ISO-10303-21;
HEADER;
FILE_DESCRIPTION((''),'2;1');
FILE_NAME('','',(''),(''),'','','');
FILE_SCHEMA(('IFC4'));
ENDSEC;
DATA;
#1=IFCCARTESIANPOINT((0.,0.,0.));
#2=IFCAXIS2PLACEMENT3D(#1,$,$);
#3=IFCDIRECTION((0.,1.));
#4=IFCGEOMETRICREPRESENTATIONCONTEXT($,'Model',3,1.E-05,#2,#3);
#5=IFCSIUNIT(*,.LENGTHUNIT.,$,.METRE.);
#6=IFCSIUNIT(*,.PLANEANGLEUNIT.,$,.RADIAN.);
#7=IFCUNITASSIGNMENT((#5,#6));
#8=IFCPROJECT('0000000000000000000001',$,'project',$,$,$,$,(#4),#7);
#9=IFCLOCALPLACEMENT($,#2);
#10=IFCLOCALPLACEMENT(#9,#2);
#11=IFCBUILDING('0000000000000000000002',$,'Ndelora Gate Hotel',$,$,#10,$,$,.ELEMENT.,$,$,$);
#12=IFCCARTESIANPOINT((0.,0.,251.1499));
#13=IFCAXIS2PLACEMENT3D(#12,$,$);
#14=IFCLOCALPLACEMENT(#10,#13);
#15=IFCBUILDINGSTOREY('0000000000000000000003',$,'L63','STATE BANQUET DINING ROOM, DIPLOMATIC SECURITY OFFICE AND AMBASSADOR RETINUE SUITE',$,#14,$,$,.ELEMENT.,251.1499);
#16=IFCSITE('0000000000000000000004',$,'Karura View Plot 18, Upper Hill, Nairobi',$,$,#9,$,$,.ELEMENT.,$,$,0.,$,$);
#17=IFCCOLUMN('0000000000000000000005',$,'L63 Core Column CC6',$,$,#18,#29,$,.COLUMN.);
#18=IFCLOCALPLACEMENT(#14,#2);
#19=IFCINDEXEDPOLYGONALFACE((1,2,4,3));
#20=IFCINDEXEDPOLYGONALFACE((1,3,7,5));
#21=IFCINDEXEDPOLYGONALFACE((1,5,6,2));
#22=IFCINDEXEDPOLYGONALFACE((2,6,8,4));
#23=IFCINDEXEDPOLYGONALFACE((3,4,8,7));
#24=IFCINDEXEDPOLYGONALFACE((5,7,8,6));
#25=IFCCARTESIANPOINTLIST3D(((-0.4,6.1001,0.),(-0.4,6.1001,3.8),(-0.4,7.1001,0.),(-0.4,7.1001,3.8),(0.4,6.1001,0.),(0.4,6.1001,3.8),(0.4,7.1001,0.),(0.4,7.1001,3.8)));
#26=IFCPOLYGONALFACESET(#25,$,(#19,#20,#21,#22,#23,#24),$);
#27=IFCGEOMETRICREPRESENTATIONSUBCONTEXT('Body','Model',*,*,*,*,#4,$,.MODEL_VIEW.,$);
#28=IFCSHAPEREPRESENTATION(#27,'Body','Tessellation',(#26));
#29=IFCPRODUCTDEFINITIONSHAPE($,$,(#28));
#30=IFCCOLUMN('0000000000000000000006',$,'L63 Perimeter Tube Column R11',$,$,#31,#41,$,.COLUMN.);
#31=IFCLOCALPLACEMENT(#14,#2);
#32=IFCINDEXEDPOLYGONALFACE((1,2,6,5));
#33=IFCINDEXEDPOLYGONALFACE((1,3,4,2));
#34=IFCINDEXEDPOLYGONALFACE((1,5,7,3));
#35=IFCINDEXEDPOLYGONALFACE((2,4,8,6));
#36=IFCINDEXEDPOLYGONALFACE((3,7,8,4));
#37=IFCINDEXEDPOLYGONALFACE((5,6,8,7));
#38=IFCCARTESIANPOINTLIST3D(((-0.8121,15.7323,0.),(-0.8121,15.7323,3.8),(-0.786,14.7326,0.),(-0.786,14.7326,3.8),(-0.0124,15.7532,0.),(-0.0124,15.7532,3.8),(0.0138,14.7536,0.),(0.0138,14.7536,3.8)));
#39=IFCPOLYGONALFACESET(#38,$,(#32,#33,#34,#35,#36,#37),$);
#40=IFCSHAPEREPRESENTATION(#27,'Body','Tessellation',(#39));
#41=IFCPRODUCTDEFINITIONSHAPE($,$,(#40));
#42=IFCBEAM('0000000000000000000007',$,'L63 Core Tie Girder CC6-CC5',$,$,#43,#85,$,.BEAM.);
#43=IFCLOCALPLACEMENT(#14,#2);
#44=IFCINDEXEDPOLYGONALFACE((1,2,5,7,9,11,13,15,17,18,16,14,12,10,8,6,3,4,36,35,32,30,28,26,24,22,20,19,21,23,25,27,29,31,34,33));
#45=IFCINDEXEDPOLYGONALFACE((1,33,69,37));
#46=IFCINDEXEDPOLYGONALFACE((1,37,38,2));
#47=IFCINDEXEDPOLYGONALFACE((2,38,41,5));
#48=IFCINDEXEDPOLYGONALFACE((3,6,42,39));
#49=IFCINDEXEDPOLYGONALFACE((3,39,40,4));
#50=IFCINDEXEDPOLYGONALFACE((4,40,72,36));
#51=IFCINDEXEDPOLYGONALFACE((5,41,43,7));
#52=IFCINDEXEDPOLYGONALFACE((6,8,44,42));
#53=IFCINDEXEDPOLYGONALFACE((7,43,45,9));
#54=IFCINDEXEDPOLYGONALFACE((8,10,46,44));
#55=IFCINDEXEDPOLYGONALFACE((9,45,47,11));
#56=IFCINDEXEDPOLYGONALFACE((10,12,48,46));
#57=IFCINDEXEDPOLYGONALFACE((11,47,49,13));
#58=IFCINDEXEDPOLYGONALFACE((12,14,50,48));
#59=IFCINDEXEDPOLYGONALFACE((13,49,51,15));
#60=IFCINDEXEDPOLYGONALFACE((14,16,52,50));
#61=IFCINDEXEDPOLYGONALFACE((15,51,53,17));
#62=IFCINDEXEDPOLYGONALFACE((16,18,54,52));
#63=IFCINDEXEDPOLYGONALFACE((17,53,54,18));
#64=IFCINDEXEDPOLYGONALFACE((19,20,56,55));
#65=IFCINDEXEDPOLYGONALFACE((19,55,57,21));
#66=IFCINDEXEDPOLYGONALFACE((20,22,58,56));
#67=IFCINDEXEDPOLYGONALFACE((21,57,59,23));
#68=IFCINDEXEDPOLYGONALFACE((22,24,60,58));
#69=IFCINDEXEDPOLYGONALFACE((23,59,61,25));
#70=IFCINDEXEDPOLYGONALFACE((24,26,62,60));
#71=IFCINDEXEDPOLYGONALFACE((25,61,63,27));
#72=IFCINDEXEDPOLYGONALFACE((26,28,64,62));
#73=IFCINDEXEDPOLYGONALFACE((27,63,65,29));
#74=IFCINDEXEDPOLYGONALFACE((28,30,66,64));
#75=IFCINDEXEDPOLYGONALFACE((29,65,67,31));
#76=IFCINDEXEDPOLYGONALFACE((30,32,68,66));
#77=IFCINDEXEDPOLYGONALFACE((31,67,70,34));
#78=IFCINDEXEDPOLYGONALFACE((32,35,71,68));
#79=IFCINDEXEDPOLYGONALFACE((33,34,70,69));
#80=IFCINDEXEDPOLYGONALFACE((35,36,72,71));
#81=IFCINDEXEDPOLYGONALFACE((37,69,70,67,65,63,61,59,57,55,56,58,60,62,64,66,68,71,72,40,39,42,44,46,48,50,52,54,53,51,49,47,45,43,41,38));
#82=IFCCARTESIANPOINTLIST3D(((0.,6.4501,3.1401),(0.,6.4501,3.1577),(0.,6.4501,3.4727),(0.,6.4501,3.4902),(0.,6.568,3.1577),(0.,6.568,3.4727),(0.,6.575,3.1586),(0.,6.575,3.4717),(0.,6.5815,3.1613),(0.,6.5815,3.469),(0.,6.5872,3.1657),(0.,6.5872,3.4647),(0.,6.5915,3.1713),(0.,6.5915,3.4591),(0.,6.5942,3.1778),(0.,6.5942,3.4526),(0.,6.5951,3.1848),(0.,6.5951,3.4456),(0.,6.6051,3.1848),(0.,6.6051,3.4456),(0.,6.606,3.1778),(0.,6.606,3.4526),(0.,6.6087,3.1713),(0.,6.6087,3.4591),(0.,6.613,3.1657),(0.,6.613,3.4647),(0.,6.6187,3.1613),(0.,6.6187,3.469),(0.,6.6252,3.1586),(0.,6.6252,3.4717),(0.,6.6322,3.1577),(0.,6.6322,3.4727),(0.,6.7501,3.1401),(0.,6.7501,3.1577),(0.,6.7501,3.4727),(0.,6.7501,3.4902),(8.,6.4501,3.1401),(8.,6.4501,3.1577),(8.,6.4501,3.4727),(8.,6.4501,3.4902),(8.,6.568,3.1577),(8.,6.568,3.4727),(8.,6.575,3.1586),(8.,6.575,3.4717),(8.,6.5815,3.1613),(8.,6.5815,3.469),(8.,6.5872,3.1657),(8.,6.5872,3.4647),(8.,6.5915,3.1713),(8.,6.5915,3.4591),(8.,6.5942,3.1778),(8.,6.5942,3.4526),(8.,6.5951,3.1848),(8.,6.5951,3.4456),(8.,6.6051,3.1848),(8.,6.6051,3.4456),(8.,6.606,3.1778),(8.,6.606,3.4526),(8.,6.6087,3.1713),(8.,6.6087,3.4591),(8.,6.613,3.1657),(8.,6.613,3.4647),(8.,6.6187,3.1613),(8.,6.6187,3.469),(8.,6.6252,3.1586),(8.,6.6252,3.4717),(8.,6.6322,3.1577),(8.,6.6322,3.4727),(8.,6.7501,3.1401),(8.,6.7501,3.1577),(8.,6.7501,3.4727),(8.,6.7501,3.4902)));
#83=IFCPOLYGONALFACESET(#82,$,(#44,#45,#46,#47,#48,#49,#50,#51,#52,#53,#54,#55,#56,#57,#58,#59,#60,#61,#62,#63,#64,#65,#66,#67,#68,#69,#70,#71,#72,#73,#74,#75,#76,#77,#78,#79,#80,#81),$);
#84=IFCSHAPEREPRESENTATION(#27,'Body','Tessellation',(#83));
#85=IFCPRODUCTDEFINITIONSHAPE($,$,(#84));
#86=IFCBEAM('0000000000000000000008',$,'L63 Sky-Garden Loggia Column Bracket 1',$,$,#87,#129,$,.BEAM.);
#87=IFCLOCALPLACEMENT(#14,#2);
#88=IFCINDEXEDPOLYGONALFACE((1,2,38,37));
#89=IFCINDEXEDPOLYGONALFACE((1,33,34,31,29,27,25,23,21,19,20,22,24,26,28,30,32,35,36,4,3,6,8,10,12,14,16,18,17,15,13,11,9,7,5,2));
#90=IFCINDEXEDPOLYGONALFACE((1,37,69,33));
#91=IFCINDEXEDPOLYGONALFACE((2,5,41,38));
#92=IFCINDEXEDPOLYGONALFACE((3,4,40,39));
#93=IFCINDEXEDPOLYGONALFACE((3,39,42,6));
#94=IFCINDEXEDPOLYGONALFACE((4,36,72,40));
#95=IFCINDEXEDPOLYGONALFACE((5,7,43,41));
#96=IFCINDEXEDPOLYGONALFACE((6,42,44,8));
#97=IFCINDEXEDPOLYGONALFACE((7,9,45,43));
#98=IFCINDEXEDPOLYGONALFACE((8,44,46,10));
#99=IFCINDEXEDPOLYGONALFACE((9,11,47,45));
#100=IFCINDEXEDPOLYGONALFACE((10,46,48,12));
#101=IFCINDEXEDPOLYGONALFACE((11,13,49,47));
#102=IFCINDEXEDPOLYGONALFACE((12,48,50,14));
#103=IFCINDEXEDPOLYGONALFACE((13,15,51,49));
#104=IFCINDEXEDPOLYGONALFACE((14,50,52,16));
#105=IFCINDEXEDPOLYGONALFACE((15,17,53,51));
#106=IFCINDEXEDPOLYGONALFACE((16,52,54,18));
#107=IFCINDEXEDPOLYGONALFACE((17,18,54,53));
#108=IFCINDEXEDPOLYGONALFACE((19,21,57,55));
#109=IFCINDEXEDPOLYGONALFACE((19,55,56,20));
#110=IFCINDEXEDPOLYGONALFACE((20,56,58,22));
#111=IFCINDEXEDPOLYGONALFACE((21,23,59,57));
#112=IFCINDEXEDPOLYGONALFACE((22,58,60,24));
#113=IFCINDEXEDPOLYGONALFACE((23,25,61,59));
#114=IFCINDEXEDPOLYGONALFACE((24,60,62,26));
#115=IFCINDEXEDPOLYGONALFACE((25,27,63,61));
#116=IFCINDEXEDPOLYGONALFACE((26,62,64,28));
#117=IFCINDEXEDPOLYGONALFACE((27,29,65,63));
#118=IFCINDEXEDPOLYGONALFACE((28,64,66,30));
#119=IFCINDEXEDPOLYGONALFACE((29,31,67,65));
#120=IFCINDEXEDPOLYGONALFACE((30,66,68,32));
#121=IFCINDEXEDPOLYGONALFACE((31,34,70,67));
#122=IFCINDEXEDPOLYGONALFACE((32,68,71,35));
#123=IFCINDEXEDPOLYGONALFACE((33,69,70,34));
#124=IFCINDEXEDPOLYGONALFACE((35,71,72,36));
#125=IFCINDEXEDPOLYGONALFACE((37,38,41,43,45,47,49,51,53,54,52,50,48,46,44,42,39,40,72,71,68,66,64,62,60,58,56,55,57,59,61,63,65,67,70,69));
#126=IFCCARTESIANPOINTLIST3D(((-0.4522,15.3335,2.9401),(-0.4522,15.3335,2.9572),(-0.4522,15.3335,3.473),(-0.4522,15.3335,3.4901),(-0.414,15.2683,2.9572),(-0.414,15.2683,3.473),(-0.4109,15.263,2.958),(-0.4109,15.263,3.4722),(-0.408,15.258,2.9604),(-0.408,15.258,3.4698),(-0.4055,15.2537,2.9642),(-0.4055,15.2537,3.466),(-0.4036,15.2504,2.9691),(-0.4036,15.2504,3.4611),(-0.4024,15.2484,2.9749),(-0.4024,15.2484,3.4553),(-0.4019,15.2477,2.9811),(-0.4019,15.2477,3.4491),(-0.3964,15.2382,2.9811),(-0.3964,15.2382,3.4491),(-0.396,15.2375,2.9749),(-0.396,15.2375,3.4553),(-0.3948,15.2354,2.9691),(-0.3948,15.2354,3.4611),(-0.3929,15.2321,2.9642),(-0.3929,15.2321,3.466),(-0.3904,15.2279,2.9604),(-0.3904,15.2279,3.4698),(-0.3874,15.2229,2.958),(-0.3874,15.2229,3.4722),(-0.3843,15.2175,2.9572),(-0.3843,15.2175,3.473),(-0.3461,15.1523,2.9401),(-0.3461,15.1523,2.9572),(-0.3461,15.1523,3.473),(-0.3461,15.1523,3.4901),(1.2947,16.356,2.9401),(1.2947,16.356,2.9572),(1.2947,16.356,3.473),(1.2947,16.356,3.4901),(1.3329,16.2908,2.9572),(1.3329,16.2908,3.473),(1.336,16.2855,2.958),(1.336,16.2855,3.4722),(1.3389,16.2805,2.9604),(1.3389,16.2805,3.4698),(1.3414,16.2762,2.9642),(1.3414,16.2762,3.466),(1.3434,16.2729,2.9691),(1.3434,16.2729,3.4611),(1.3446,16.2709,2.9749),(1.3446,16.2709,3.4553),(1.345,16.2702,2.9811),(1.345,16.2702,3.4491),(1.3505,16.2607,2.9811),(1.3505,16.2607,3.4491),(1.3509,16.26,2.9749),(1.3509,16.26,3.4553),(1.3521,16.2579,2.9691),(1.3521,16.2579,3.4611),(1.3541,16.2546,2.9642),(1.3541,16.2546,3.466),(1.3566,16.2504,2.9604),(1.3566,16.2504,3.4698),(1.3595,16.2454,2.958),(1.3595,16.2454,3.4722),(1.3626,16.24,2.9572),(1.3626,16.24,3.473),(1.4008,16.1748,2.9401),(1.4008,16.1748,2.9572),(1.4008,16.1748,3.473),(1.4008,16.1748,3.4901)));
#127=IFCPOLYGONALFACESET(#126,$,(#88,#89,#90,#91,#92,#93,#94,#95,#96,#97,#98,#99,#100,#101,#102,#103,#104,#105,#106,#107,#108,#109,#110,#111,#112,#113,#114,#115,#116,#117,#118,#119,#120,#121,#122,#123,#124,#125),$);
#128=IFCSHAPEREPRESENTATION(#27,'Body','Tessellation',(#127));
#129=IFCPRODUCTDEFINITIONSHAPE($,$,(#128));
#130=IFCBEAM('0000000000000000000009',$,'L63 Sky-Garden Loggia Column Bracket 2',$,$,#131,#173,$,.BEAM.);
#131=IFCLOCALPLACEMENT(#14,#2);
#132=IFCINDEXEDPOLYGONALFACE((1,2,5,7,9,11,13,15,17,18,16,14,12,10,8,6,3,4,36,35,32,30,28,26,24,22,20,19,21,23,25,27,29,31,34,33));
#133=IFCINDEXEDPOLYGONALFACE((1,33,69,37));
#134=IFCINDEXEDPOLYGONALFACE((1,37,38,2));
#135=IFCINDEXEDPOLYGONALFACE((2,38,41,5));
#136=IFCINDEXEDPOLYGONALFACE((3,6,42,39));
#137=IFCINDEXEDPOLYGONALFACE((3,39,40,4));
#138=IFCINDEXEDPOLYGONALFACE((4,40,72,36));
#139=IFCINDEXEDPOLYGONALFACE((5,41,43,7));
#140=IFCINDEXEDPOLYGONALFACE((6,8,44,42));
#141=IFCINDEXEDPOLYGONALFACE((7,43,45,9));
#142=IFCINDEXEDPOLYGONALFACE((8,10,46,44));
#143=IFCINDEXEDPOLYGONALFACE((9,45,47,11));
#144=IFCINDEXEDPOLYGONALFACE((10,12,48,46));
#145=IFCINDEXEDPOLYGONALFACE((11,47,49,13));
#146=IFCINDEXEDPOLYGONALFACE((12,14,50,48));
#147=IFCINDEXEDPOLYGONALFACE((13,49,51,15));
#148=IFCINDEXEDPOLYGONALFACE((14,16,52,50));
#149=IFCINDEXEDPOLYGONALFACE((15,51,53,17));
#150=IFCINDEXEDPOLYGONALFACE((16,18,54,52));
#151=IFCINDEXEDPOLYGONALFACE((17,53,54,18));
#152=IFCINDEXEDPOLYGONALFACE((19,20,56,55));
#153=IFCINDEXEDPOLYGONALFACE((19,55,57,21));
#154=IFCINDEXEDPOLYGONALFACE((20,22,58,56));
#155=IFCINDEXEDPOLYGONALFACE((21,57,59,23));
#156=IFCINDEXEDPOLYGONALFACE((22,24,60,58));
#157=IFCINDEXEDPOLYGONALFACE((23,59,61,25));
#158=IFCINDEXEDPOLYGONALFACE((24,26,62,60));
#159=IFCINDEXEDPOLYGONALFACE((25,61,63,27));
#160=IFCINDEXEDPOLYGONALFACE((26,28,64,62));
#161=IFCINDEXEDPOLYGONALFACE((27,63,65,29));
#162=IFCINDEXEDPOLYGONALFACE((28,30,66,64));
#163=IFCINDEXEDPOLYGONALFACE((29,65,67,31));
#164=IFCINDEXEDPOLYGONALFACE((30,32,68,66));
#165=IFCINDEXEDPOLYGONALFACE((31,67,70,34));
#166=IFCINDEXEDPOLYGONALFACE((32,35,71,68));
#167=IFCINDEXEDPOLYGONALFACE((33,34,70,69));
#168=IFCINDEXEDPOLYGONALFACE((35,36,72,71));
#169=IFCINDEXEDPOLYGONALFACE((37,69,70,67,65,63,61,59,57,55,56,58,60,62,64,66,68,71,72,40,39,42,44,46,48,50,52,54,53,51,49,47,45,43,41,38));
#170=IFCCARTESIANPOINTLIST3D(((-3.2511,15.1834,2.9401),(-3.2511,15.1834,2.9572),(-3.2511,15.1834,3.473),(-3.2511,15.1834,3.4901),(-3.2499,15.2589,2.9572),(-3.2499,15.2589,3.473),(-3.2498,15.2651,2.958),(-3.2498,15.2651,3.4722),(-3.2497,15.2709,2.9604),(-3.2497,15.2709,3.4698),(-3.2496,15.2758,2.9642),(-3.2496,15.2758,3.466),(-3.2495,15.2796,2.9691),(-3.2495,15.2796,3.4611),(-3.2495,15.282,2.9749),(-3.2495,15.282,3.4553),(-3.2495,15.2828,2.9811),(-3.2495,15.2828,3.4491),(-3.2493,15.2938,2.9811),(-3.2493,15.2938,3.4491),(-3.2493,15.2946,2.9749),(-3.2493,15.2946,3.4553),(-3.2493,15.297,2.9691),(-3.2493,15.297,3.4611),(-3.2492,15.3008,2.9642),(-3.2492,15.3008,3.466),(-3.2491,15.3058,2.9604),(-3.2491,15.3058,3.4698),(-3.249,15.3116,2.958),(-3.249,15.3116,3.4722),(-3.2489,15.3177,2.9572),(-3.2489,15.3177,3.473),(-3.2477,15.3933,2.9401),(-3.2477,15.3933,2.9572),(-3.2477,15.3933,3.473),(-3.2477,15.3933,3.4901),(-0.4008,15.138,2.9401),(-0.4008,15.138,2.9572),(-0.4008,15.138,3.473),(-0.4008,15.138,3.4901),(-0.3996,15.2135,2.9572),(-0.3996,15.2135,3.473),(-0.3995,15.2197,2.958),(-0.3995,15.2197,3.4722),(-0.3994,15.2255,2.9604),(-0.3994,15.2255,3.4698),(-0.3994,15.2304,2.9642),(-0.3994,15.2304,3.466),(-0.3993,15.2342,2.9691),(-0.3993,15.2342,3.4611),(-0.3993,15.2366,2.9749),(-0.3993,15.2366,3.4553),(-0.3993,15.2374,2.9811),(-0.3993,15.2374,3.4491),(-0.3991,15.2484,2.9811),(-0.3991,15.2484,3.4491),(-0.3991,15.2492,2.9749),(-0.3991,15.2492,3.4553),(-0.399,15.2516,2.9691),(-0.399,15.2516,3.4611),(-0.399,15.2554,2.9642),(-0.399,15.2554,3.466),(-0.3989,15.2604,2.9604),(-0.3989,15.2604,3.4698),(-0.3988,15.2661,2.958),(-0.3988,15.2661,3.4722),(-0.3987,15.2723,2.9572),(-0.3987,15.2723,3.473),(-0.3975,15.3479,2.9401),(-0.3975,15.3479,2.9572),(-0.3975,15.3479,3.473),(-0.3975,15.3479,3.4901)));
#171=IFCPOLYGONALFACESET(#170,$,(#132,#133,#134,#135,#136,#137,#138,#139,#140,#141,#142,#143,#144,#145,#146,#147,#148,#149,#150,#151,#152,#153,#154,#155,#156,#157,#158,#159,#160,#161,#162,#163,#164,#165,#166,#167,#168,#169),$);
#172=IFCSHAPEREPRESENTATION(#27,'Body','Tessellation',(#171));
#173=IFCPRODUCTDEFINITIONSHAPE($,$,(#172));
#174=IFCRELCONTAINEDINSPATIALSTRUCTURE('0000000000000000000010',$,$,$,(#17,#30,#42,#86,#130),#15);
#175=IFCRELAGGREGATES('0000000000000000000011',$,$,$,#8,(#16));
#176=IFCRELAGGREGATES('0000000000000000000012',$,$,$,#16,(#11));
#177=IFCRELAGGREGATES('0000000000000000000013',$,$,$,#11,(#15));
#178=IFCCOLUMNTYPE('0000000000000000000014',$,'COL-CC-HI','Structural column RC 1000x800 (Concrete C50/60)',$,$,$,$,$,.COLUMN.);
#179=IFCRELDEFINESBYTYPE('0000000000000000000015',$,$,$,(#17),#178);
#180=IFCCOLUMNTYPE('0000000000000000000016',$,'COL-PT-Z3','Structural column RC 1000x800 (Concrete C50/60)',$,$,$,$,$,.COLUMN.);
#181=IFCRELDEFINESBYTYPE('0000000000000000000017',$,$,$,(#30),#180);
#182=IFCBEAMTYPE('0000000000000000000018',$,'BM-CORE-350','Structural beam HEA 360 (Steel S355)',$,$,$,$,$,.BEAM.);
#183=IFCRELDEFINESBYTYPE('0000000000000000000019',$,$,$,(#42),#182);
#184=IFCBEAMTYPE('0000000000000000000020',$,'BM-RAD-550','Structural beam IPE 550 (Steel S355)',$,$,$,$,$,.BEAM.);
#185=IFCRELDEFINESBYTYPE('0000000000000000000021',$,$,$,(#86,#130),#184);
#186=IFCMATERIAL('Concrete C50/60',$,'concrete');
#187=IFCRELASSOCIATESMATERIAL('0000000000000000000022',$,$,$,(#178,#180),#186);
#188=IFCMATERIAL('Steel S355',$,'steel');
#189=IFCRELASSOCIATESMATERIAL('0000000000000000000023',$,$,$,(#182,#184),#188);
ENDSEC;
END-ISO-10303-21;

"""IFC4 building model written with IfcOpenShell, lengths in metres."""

from ifc_helpers import new_model, si_unit, direction, frame, origin, origin_2d, place, context, subcontext, project, spatial, rectangle, i_section, extrude, material, material_profile, profile_set, type_object, element, save


model = new_model("IFC4")

# Units and contexts
model_context = context("Model", 3, precision=1e-05, world=origin(), true_north=direction((0.0, 1.0)))
body_context = subcontext(model_context, "Body", "Model", "MODEL_VIEW")
ifc_project = project(units=[si_unit("LENGTHUNIT", "METRE"), si_unit("PLANEANGLEUNIT", "RADIAN")], contexts=[model_context])

# Site, building, storey
site_placement = place(None, origin())
site = spatial("IfcSite", under=ifc_project, at=site_placement, Name="Karura View Plot 18, Upper Hill, Nairobi", CompositionType="ELEMENT", RefElevation=0.0)
building_placement = place(site_placement, origin())
building = spatial("IfcBuilding", under=site, at=building_placement, Name="Ndelora Gate Hotel", CompositionType="ELEMENT")
storey_placement = place(building_placement, frame((0.0, 0.0, 251.1499)))
storey = spatial("IfcBuildingStorey", under=building, at=storey_placement, Name="L63", Description="STATE BANQUET DINING ROOM, DIPLOMATIC SECURITY OFFICE AND AMBASSADOR RETINUE SUITE", CompositionType="ELEMENT", Elevation=251.1499)

# Columns
ifc_material_1 = material(Name="Concrete C50/60", Category="concrete")
ifc_material_profile_1 = material_profile(ifc_material_1, rectangle(XDim=0.8, YDim=1.0, at=origin_2d()), Name="RC 1000x800")
ifc_profile_set_1 = profile_set([ifc_material_profile_1], Name="Concrete C50/60")
column_type_1 = type_object("IfcColumnType", Name="COL-CC-HI", Description="Structural column RC 1000x800 (Concrete C50/60)", PredefinedType="COLUMN", material=ifc_profile_set_1)
column_1_placement = place(storey_placement, frame((0.0, 6.6001, 0.0), z_axis=(0.0, 0.0, 1.0), x_axis=(1.0, 0.0, 0.0)))
element("IfcColumn", 1, at=column_1_placement, inside=storey, type_object=column_type_1, Name="L63 Core Column CC6", PredefinedType="COLUMN", context=body_context, shape_type="SweptSolid", body=[
    extrude(rectangle(XDim=0.8, YDim=1.0, at=origin_2d()), origin(), (0.0, 0.0, 1.0), 3.8),
])
ifc_material_profile_2 = material_profile(ifc_material_1, rectangle(XDim=0.8, YDim=1.0, at=origin_2d()), Name="RC 1000x800")
ifc_profile_set_2 = profile_set([ifc_material_profile_2], Name="Concrete C50/60")
column_type_2 = type_object("IfcColumnType", Name="COL-PT-Z3", Description="Structural column RC 1000x800 (Concrete C50/60)", PredefinedType="COLUMN", material=ifc_profile_set_2)
column_2_placement = place(storey_placement, frame((-0.3992, 15.2429, 0.0), z_axis=(0.0, 0.0, 1.0), x_axis=(0.999657, 0.026177, 0.0)))
element("IfcColumn", 2, at=column_2_placement, inside=storey, type_object=column_type_2, Name="L63 Perimeter Tube Column R11", PredefinedType="COLUMN", context=body_context, shape_type="SweptSolid", body=[
    extrude(rectangle(XDim=0.8, YDim=1.0, at=origin_2d()), origin(), (0.0, 0.0, 1.0), 3.8),
])

# Beams
ifc_material_2 = material(Name="Steel S355", Category="steel")
ifc_material_profile_3 = material_profile(ifc_material_2, i_section(OverallWidth=0.3, OverallDepth=0.3501, WebThickness=0.01, FlangeThickness=0.0176, FilletRadius=0.0271, at=origin_2d()), Name="HEA 360")
ifc_profile_set_3 = profile_set([ifc_material_profile_3], Name="Steel S355")
beam_type_1 = type_object("IfcBeamType", Name="BM-CORE-350", Description="Structural beam HEA 360 (Steel S355)", PredefinedType="BEAM", material=ifc_profile_set_3)
beam_1_placement = place(storey_placement, frame((0.0, 6.6001, 3.3152), z_axis=(1.0, 0.0, 0.0), x_axis=(0.0, 1.0, 0.0)))
element("IfcBeam", 3, at=beam_1_placement, inside=storey, type_object=beam_type_1, Name="L63 Core Tie Girder CC6-CC5", PredefinedType="BEAM", context=body_context, shape_type="SweptSolid", body=[
    extrude(i_section(OverallWidth=0.3, OverallDepth=0.3501, WebThickness=0.01, FlangeThickness=0.0176, FilletRadius=0.0271, at=origin_2d()), origin(), (0.0, 0.0, 1.0), 8.0),
])
ifc_material_profile_4 = material_profile(ifc_material_2, i_section(OverallWidth=0.21, OverallDepth=0.55, WebThickness=0.011, FlangeThickness=0.0171, FilletRadius=0.0239, at=origin_2d()), Name="IPE 550")
ifc_profile_set_4 = profile_set([ifc_material_profile_4], Name="Steel S355")
beam_type_2 = type_object("IfcBeamType", Name="BM-RAD-550", Description="Structural beam IPE 550 (Steel S355)", PredefinedType="BEAM", material=ifc_profile_set_4)
beam_2_placement = place(storey_placement, frame((-0.3992, 15.2429, 3.2151), z_axis=(0.86303, 0.505153, 0.0), x_axis=(-0.505153, 0.86303, 0.0)))
element("IfcBeam", 4, at=beam_2_placement, inside=storey, type_object=beam_type_2, Name="L63 Sky-Garden Loggia Column Bracket 1", PredefinedType="BEAM", context=body_context, shape_type="SweptSolid", body=[
    extrude(i_section(OverallWidth=0.21, OverallDepth=0.55, WebThickness=0.011, FlangeThickness=0.0171, FilletRadius=0.0239, at=origin_2d()), origin(), (0.0, 0.0, 1.0), 2.0242),
])
beam_3_placement = place(storey_placement, frame((-0.3992, 15.2429, 3.2151), z_axis=(-0.999873, 0.015929, 0.0), x_axis=(-0.015929, -0.999873, 0.0)))
element("IfcBeam", 5, at=beam_3_placement, inside=storey, type_object=beam_type_2, Name="L63 Sky-Garden Loggia Column Bracket 2", PredefinedType="BEAM", context=body_context, shape_type="SweptSolid", body=[
    extrude(i_section(OverallWidth=0.21, OverallDepth=0.55, WebThickness=0.011, FlangeThickness=0.0171, FilletRadius=0.0239, at=origin_2d()), origin(), (0.0, 0.0, 1.0), 2.8506),
])

save(model, "model.ifc")
